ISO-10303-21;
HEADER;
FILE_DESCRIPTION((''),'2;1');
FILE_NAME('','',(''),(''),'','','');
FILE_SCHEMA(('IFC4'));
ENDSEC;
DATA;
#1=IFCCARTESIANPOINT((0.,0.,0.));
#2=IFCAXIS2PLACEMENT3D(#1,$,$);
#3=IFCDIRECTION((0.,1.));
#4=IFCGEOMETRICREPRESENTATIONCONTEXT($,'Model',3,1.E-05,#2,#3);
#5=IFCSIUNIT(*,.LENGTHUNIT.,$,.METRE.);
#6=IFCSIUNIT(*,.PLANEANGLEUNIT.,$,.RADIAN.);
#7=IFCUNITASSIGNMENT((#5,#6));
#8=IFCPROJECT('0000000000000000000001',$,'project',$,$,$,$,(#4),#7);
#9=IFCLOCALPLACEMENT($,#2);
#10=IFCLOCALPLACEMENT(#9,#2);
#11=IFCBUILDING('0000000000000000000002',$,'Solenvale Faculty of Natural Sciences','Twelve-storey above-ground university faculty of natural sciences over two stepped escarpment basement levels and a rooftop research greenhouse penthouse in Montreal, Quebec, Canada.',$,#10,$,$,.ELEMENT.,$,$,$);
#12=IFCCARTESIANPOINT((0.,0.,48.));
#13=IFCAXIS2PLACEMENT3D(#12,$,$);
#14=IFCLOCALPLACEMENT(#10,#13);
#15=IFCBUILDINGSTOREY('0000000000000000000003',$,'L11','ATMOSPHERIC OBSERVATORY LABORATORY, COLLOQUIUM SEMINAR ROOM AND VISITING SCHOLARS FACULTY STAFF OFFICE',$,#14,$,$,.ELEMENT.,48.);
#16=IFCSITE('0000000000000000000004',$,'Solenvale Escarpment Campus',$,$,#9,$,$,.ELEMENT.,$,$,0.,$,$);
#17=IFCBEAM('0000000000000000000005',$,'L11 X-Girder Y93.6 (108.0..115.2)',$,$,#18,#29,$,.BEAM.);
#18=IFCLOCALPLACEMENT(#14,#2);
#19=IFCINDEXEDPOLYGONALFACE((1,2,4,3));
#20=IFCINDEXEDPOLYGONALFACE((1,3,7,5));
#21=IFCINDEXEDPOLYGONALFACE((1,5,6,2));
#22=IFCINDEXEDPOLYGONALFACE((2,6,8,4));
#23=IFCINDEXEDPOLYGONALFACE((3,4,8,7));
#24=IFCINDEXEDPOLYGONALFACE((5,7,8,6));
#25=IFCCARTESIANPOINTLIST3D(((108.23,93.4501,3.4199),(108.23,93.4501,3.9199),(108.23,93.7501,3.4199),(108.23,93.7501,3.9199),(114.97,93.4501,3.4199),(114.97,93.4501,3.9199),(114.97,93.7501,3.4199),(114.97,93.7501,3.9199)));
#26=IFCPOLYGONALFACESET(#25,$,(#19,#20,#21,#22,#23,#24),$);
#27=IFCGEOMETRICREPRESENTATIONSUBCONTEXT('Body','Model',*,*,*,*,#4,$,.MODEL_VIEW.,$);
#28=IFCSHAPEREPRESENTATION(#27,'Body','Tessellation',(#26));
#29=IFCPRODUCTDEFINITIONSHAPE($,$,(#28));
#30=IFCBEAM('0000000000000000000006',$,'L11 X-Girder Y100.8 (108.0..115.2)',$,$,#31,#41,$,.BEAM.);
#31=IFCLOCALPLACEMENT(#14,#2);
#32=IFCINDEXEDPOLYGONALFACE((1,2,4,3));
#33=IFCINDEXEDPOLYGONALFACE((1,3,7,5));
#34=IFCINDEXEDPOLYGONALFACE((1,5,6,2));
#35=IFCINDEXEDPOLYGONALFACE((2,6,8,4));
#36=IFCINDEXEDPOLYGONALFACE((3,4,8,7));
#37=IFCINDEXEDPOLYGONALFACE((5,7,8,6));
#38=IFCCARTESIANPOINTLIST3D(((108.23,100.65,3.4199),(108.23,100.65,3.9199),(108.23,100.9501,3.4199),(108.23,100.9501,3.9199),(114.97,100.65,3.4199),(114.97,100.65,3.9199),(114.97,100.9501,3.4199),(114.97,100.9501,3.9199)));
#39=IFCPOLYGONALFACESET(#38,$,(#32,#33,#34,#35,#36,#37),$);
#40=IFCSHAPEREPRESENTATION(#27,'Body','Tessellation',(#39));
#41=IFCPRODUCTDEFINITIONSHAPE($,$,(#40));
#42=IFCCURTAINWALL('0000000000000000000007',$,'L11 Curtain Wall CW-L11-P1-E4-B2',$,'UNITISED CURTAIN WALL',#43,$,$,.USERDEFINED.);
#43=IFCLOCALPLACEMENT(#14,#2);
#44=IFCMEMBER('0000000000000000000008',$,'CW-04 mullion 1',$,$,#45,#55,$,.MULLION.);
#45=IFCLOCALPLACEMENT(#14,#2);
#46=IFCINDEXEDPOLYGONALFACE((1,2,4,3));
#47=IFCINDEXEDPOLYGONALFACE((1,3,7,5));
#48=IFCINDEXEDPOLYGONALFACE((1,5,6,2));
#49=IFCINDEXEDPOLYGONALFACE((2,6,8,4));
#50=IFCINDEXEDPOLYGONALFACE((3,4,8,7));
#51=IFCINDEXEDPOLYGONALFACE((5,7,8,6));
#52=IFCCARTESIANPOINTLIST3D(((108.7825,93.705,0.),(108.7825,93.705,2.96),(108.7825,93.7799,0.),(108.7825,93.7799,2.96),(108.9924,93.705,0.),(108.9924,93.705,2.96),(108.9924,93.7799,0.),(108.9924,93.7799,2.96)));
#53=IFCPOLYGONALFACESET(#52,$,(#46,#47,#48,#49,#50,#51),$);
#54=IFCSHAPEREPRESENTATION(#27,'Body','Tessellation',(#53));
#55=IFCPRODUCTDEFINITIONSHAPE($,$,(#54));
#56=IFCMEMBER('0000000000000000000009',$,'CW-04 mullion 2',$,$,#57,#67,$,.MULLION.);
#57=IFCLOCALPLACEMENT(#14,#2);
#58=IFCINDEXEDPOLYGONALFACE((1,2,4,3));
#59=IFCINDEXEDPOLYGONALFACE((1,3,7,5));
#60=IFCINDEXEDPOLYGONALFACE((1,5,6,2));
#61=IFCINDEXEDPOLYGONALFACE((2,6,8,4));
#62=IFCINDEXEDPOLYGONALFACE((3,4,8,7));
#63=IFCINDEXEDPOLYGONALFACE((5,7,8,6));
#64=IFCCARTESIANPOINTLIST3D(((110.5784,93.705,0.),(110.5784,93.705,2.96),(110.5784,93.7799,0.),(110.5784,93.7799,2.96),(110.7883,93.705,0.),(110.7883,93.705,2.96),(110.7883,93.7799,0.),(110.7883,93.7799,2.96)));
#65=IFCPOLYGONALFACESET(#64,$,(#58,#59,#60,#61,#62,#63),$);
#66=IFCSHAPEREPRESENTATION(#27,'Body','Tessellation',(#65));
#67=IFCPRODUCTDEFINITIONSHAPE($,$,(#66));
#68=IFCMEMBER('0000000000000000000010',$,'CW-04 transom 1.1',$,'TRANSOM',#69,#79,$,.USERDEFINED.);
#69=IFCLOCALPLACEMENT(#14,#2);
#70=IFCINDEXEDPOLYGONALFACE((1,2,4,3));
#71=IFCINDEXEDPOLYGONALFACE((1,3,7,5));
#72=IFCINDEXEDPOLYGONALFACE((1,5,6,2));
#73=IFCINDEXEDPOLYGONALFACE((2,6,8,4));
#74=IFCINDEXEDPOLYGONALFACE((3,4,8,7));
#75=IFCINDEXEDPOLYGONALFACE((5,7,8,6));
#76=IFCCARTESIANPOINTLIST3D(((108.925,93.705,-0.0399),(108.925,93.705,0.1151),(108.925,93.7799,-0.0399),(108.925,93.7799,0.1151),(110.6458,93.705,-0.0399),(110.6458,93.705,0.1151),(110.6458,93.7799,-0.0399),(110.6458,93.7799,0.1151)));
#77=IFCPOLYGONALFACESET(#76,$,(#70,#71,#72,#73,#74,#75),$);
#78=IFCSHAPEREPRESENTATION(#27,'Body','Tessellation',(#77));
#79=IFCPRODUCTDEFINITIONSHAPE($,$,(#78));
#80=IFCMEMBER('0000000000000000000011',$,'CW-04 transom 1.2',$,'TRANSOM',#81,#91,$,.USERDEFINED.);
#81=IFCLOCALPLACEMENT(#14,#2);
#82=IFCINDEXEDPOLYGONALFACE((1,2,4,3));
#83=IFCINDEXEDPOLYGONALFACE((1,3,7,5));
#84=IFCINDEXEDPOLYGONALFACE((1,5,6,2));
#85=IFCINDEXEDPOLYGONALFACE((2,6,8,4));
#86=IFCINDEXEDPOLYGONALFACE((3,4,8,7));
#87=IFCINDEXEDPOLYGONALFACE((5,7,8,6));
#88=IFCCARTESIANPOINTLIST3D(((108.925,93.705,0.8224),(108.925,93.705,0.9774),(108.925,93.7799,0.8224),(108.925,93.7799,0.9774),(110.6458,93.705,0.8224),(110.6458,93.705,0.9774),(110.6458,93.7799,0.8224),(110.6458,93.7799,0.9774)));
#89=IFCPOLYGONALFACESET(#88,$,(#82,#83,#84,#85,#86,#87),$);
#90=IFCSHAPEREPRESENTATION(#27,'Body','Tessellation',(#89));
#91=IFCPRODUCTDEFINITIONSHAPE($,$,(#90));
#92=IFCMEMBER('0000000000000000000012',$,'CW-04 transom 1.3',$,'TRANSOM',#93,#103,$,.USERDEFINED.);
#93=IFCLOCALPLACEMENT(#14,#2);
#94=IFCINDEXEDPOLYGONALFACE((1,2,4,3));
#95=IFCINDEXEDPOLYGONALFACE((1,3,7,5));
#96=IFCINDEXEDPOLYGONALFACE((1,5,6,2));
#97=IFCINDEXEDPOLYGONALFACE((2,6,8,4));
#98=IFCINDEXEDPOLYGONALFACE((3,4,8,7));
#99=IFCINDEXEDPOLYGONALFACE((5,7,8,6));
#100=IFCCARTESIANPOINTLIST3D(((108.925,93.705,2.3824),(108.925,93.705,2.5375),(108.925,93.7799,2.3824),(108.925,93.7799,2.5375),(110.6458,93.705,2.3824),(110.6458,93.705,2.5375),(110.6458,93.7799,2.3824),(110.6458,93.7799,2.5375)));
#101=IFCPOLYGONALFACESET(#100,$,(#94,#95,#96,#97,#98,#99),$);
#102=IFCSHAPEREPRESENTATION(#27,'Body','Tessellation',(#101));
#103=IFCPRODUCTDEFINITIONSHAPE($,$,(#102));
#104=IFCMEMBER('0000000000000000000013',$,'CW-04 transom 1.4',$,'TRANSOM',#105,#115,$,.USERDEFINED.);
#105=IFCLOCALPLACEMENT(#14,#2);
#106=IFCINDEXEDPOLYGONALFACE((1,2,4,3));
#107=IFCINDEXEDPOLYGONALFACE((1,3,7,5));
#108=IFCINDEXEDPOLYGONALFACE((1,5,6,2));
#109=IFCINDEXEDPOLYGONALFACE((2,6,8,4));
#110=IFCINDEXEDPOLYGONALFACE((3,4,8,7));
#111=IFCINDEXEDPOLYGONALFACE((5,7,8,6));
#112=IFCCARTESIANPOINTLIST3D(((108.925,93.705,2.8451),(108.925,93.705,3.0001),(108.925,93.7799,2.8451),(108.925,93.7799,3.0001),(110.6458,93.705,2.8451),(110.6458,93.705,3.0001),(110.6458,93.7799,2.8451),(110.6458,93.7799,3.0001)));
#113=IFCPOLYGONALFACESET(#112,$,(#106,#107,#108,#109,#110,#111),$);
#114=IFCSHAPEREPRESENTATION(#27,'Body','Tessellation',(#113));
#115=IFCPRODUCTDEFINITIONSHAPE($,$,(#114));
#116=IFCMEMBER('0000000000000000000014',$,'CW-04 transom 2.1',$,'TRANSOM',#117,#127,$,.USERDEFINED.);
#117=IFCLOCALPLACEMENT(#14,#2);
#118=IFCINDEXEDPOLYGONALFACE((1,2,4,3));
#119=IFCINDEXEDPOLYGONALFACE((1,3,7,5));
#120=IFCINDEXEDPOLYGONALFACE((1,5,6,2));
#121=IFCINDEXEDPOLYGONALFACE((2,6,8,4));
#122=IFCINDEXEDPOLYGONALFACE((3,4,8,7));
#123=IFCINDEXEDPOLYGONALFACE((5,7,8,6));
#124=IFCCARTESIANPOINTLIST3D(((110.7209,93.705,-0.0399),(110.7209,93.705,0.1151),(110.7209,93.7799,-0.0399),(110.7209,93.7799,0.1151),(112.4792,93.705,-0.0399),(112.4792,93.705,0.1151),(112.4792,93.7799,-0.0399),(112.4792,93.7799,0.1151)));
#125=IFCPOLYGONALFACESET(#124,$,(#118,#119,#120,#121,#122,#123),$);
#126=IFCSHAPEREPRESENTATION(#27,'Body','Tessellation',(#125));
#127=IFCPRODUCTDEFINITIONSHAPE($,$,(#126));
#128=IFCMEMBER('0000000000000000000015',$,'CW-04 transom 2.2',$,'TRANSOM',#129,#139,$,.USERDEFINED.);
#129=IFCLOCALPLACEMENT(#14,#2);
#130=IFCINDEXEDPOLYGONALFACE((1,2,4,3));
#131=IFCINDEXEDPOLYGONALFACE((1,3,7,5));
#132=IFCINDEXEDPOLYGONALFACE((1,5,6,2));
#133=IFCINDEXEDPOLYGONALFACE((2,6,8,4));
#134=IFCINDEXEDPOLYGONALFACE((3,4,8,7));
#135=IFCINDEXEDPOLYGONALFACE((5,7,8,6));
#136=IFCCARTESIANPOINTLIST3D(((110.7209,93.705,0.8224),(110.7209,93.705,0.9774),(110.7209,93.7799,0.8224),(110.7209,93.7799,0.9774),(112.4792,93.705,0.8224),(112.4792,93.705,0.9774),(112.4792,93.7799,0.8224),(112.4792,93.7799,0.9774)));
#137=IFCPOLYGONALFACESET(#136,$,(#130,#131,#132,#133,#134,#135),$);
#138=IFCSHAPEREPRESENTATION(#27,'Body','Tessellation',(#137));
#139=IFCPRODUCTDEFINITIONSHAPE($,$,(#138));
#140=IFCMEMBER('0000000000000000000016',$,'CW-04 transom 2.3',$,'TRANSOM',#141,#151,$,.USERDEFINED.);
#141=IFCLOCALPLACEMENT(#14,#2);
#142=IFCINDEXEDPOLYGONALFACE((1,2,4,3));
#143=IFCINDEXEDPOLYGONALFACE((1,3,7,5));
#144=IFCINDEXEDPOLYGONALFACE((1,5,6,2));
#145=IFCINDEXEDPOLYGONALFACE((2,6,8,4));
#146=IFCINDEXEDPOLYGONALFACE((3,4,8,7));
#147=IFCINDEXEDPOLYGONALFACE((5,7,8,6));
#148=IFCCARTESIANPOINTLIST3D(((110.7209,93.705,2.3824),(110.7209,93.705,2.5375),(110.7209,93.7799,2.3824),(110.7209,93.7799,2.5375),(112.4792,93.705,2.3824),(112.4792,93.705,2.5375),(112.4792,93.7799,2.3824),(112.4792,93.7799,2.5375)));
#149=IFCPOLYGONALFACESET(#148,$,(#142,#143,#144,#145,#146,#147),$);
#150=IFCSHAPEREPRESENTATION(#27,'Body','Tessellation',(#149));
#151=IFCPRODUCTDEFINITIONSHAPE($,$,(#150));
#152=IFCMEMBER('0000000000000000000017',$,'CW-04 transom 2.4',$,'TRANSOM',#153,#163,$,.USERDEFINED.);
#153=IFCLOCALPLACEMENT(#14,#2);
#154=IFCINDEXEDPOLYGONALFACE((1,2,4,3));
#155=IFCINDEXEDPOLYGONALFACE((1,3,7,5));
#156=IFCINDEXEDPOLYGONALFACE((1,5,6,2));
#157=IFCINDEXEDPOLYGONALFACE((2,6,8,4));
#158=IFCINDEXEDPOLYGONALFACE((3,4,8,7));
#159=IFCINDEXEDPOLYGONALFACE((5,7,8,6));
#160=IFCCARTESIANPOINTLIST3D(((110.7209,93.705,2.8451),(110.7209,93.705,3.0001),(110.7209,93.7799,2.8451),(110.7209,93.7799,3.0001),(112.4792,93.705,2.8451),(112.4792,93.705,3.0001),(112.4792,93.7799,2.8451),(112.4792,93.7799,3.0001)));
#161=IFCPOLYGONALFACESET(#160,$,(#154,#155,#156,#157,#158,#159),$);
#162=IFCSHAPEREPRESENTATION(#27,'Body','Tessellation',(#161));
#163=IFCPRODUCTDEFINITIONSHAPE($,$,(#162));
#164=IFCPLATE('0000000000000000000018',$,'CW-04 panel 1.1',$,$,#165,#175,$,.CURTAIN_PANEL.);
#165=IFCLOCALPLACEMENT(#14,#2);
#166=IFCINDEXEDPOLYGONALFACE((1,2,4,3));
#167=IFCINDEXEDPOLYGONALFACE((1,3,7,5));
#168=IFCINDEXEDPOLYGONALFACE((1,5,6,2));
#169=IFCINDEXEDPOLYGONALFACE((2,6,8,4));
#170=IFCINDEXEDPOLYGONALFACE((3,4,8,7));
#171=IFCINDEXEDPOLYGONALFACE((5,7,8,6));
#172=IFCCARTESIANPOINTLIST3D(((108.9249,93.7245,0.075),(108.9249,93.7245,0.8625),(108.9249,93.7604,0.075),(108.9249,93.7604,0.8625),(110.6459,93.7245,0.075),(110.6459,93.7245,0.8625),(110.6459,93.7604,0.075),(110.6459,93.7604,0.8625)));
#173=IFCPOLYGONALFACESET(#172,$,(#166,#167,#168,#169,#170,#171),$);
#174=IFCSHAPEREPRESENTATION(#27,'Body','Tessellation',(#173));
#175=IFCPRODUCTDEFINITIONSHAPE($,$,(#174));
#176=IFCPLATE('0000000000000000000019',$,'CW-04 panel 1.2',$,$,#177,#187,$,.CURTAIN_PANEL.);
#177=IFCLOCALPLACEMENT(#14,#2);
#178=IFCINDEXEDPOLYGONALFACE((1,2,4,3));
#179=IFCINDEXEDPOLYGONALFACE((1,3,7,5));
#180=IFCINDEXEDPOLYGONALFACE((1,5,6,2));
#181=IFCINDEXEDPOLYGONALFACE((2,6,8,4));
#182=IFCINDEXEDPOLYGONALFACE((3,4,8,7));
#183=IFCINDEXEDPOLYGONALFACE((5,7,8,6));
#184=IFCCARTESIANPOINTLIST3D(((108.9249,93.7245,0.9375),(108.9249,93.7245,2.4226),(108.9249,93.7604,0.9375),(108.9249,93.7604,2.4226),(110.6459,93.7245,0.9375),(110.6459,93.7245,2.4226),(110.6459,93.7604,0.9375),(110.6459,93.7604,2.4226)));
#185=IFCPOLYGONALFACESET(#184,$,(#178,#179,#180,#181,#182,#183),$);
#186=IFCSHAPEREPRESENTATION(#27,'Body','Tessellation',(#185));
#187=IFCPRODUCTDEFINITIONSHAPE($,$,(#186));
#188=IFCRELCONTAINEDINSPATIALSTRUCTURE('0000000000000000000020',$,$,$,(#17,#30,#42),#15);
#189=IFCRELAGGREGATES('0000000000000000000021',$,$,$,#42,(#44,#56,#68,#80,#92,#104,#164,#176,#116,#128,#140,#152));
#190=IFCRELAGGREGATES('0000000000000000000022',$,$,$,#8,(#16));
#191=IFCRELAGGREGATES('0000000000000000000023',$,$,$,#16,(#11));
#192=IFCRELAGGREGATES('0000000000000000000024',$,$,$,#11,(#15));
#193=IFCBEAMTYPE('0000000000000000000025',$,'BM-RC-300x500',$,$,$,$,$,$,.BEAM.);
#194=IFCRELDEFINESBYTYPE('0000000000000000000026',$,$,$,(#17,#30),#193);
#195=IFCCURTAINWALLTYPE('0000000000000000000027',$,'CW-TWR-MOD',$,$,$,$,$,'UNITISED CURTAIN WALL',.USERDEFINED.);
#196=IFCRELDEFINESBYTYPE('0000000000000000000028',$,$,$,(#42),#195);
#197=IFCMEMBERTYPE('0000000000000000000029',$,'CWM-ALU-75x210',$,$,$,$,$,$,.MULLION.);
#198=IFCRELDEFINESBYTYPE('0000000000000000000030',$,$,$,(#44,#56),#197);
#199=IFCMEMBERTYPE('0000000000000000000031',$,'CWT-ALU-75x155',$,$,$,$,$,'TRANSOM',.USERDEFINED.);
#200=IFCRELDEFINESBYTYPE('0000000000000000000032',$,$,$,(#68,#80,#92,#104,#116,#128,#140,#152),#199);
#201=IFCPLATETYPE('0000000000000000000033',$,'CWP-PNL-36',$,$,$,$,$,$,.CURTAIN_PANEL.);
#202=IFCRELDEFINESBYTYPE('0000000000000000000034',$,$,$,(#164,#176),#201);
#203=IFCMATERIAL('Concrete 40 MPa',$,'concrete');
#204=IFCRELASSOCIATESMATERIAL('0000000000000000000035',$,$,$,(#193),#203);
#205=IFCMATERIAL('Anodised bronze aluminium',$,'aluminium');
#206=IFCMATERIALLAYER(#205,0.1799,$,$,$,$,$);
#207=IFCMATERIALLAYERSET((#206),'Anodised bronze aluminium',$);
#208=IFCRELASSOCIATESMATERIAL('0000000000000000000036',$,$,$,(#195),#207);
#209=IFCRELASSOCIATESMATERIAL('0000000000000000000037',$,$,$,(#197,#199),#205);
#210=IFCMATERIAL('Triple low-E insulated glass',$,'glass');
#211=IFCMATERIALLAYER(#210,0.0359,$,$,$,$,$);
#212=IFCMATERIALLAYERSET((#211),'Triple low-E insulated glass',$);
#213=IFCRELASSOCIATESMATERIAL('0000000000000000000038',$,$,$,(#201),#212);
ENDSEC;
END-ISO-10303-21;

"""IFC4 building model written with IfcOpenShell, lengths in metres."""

from ifc_helpers import new_model, si_unit, direction, frame, origin, origin_2d, place, context, subcontext, project, spatial, rectangle, extrude, material, layer, layer_set, material_profile, profile_set, type_object, element, aggregate, save


model = new_model("IFC4")

# Units and contexts
model_context = context("Model", 3, precision=1e-05, world=origin(), true_north=direction((0.0, 1.0)))
body_context = subcontext(model_context, "Body", "Model", "MODEL_VIEW")
ifc_project = project(units=[si_unit("LENGTHUNIT", "METRE"), si_unit("PLANEANGLEUNIT", "RADIAN")], contexts=[model_context])

# Site, building, storey
site_placement = place(None, origin())
site = spatial("IfcSite", under=ifc_project, at=site_placement, Name="Solenvale Escarpment Campus", CompositionType="ELEMENT", RefElevation=0.0)
building_placement = place(site_placement, origin())
building = spatial("IfcBuilding", under=site, at=building_placement, Name="Solenvale Faculty of Natural Sciences", Description="Twelve-storey above-ground university faculty of natural sciences over two stepped escarpment basement levels and a rooftop research greenhouse penthouse in Montreal, Quebec, Canada.", CompositionType="ELEMENT")
storey_placement = place(building_placement, frame((0.0, 0.0, 48.0)))
storey = spatial("IfcBuildingStorey", under=building, at=storey_placement, Name="L11", Description="ATMOSPHERIC OBSERVATORY LABORATORY, COLLOQUIUM SEMINAR ROOM AND VISITING SCHOLARS FACULTY STAFF OFFICE", CompositionType="ELEMENT", Elevation=48.0)

# Beams
ifc_material_1 = material(Name="Concrete 40 MPa", Category="concrete")
ifc_material_profile_1 = material_profile(ifc_material_1, rectangle(XDim=0.3, YDim=0.5, at=origin_2d()), Name="RC-BM-300x500")
ifc_profile_set_1 = profile_set([ifc_material_profile_1], Name="Concrete 40 MPa")
beam_type = type_object("IfcBeamType", Name="BM-RC-300x500", PredefinedType="BEAM", material=ifc_profile_set_1)
for number, where, z_axis, x_axis, name in (
    (1, (108.23, 93.6001, 3.6699), (1.0, 0.0, 0.0), (0.0, 1.0, 0.0), "L11 X-Girder Y93.6 (108.0..115.2)"),
    (2, (108.23, 100.8, 3.6699), (1.0, 0.0, 0.0), (0.0, 1.0, 0.0), "L11 X-Girder Y100.8 (108.0..115.2)"),
):
    element("IfcBeam", number, at=place(storey_placement, frame(where, z_axis=z_axis, x_axis=x_axis)), inside=storey, type_object=beam_type, Name=name, PredefinedType="BEAM", context=body_context, shape_type="SweptSolid", body=[
        extrude(rectangle(XDim=0.3, YDim=0.5, at=origin_2d()), origin(), (0.0, 0.0, 1.0), 6.74),
    ])

# Curtain wall, members, plates
ifc_material_2 = material(Name="Anodised bronze aluminium", Category="aluminium")
ifc_layer_1 = layer(ifc_material_2, 0.1799)
ifc_layer_set_1 = layer_set([ifc_layer_1], Name="Anodised bronze aluminium")
curtain_wall_type = type_object("IfcCurtainWallType", Name="CW-TWR-MOD", ElementType="UNITISED CURTAIN WALL", PredefinedType="USERDEFINED", material=ifc_layer_set_1)
curtain_wall_placement = place(storey_placement, origin())
curtain_wall = element("IfcCurtainWall", 3, at=curtain_wall_placement, inside=storey, type_object=curtain_wall_type, Name="L11 Curtain Wall CW-L11-P1-E4-B2", ObjectType="UNITISED CURTAIN WALL", PredefinedType="USERDEFINED")
ifc_material_profile_2 = material_profile(ifc_material_2, rectangle(XDim=0.075, YDim=0.21, at=origin_2d()), Name="ALU-MUL-75x210")
ifc_profile_set_2 = profile_set([ifc_material_profile_2], Name="Anodised bronze aluminium")
member_type_1 = type_object("IfcMemberType", Name="CWM-ALU-75x210", PredefinedType="MULLION", material=ifc_profile_set_2)
member_1_placement = place(storey_placement, frame((108.8875, 93.7424, 0.0), z_axis=(0.0, 0.0, 1.0), x_axis=(0.0, 1.0, 0.0)))
member_1 = element("IfcMember", 4, at=member_1_placement, type_object=member_type_1, Name="CW-04 mullion 1", PredefinedType="MULLION", context=body_context, shape_type="SweptSolid", body=[
    extrude(rectangle(XDim=0.075, YDim=0.21, at=origin_2d()), origin(), (0.0, 0.0, 1.0), 2.96),
])
member_2_placement = place(storey_placement, frame((110.6833, 93.7424, 0.0), z_axis=(0.0, 0.0, 1.0), x_axis=(0.0, 1.0, 0.0)))
member_2 = element("IfcMember", 5, at=member_2_placement, type_object=member_type_1, Name="CW-04 mullion 2", PredefinedType="MULLION", context=body_context, shape_type="SweptSolid", body=[
    extrude(rectangle(XDim=0.075, YDim=0.21, at=origin_2d()), origin(), (0.0, 0.0, 1.0), 2.96),
])
ifc_material_profile_3 = material_profile(ifc_material_2, rectangle(XDim=0.075, YDim=0.155, at=origin_2d()), Name="ALU-TRN-75x155")
ifc_profile_set_3 = profile_set([ifc_material_profile_3], Name="Anodised bronze aluminium")
member_type_2 = type_object("IfcMemberType", Name="CWT-ALU-75x155", ElementType="TRANSOM", PredefinedType="USERDEFINED", material=ifc_profile_set_3)
member_3_placement = place(storey_placement, frame((108.925, 93.7424, 0.0376), z_axis=(1.0, 0.0, 0.0), x_axis=(0.0, 1.0, 0.0)))
member_3 = element("IfcMember", 6, at=member_3_placement, type_object=member_type_2, Name="CW-04 transom 1.1", ObjectType="TRANSOM", PredefinedType="USERDEFINED", context=body_context, shape_type="SweptSolid", body=[
    extrude(rectangle(XDim=0.075, YDim=0.155, at=origin_2d()), origin(), (0.0, 0.0, 1.0), 1.7207),
])
member_4_placement = place(storey_placement, frame((108.925, 93.7424, 0.8999), z_axis=(1.0, 0.0, 0.0), x_axis=(0.0, 1.0, 0.0)))
member_4 = element("IfcMember", 7, at=member_4_placement, type_object=member_type_2, Name="CW-04 transom 1.2", ObjectType="TRANSOM", PredefinedType="USERDEFINED", context=body_context, shape_type="SweptSolid", body=[
    extrude(rectangle(XDim=0.075, YDim=0.155, at=origin_2d()), origin(), (0.0, 0.0, 1.0), 1.7207),
])
member_5_placement = place(storey_placement, frame((108.925, 93.7424, 2.46), z_axis=(1.0, 0.0, 0.0), x_axis=(0.0, 1.0, 0.0)))
member_5 = element("IfcMember", 8, at=member_5_placement, type_object=member_type_2, Name="CW-04 transom 1.3", ObjectType="TRANSOM", PredefinedType="USERDEFINED", context=body_context, shape_type="SweptSolid", body=[
    extrude(rectangle(XDim=0.075, YDim=0.155, at=origin_2d()), origin(), (0.0, 0.0, 1.0), 1.7207),
])
member_6_placement = place(storey_placement, frame((108.925, 93.7424, 2.9226), z_axis=(1.0, 0.0, 0.0), x_axis=(0.0, 1.0, 0.0)))
member_6 = element("IfcMember", 9, at=member_6_placement, type_object=member_type_2, Name="CW-04 transom 1.4", ObjectType="TRANSOM", PredefinedType="USERDEFINED", context=body_context, shape_type="SweptSolid", body=[
    extrude(rectangle(XDim=0.075, YDim=0.155, at=origin_2d()), origin(), (0.0, 0.0, 1.0), 1.7207),
])
member_7_placement = place(storey_placement, frame((110.7209, 93.7424, 0.0376), z_axis=(1.0, 0.0, 0.0), x_axis=(0.0, 1.0, 0.0)))
member_7 = element("IfcMember", 10, at=member_7_placement, type_object=member_type_2, Name="CW-04 transom 2.1", ObjectType="TRANSOM", PredefinedType="USERDEFINED", context=body_context, shape_type="SweptSolid", body=[
    extrude(rectangle(XDim=0.075, YDim=0.155, at=origin_2d()), origin(), (0.0, 0.0, 1.0), 1.7583),
])
member_8_placement = place(storey_placement, frame((110.7209, 93.7424, 0.8999), z_axis=(1.0, 0.0, 0.0), x_axis=(0.0, 1.0, 0.0)))
member_8 = element("IfcMember", 11, at=member_8_placement, type_object=member_type_2, Name="CW-04 transom 2.2", ObjectType="TRANSOM", PredefinedType="USERDEFINED", context=body_context, shape_type="SweptSolid", body=[
    extrude(rectangle(XDim=0.075, YDim=0.155, at=origin_2d()), origin(), (0.0, 0.0, 1.0), 1.7583),
])
member_9_placement = place(storey_placement, frame((110.7209, 93.7424, 2.46), z_axis=(1.0, 0.0, 0.0), x_axis=(0.0, 1.0, 0.0)))
member_9 = element("IfcMember", 12, at=member_9_placement, type_object=member_type_2, Name="CW-04 transom 2.3", ObjectType="TRANSOM", PredefinedType="USERDEFINED", context=body_context, shape_type="SweptSolid", body=[
    extrude(rectangle(XDim=0.075, YDim=0.155, at=origin_2d()), origin(), (0.0, 0.0, 1.0), 1.7583),
])
member_10_placement = place(storey_placement, frame((110.7209, 93.7424, 2.9226), z_axis=(1.0, 0.0, 0.0), x_axis=(0.0, 1.0, 0.0)))
member_10 = element("IfcMember", 13, at=member_10_placement, type_object=member_type_2, Name="CW-04 transom 2.4", ObjectType="TRANSOM", PredefinedType="USERDEFINED", context=body_context, shape_type="SweptSolid", body=[
    extrude(rectangle(XDim=0.075, YDim=0.155, at=origin_2d()), origin(), (0.0, 0.0, 1.0), 1.7583),
])
ifc_material_3 = material(Name="Triple low-E insulated glass", Category="glass")
ifc_layer_2 = layer(ifc_material_3, 0.0359)
ifc_layer_set_2 = layer_set([ifc_layer_2], Name="Triple low-E insulated glass")
plate_type = type_object("IfcPlateType", Name="CWP-PNL-36", PredefinedType="CURTAIN_PANEL", material=ifc_layer_set_2)
plate_1_placement = place(storey_placement, frame((109.7854, 93.7424, 0.075), z_axis=(0.0, 0.0, 1.0), x_axis=(1.0, 0.0, 0.0)))
plate_1 = element("IfcPlate", 14, at=plate_1_placement, type_object=plate_type, Name="CW-04 panel 1.1", PredefinedType="CURTAIN_PANEL", context=body_context, shape_type="SweptSolid", body=[
    extrude(rectangle(XDim=1.7209, YDim=0.0359, at=origin_2d()), origin(), (0.0, 0.0, 1.0), 0.7876),
])
plate_2_placement = place(storey_placement, frame((109.7854, 93.7424, 0.9375), z_axis=(0.0, 0.0, 1.0), x_axis=(1.0, 0.0, 0.0)))
plate_2 = element("IfcPlate", 15, at=plate_2_placement, type_object=plate_type, Name="CW-04 panel 1.2", PredefinedType="CURTAIN_PANEL", context=body_context, shape_type="SweptSolid", body=[
    extrude(rectangle(XDim=1.7209, YDim=0.0359, at=origin_2d()), origin(), (0.0, 0.0, 1.0), 1.4851),
])
aggregate(curtain_wall, [member_1, member_2, member_3, member_4, member_5, member_6, plate_1, plate_2, member_7, member_8, member_9, member_10])

save(model, "model.ifc")
